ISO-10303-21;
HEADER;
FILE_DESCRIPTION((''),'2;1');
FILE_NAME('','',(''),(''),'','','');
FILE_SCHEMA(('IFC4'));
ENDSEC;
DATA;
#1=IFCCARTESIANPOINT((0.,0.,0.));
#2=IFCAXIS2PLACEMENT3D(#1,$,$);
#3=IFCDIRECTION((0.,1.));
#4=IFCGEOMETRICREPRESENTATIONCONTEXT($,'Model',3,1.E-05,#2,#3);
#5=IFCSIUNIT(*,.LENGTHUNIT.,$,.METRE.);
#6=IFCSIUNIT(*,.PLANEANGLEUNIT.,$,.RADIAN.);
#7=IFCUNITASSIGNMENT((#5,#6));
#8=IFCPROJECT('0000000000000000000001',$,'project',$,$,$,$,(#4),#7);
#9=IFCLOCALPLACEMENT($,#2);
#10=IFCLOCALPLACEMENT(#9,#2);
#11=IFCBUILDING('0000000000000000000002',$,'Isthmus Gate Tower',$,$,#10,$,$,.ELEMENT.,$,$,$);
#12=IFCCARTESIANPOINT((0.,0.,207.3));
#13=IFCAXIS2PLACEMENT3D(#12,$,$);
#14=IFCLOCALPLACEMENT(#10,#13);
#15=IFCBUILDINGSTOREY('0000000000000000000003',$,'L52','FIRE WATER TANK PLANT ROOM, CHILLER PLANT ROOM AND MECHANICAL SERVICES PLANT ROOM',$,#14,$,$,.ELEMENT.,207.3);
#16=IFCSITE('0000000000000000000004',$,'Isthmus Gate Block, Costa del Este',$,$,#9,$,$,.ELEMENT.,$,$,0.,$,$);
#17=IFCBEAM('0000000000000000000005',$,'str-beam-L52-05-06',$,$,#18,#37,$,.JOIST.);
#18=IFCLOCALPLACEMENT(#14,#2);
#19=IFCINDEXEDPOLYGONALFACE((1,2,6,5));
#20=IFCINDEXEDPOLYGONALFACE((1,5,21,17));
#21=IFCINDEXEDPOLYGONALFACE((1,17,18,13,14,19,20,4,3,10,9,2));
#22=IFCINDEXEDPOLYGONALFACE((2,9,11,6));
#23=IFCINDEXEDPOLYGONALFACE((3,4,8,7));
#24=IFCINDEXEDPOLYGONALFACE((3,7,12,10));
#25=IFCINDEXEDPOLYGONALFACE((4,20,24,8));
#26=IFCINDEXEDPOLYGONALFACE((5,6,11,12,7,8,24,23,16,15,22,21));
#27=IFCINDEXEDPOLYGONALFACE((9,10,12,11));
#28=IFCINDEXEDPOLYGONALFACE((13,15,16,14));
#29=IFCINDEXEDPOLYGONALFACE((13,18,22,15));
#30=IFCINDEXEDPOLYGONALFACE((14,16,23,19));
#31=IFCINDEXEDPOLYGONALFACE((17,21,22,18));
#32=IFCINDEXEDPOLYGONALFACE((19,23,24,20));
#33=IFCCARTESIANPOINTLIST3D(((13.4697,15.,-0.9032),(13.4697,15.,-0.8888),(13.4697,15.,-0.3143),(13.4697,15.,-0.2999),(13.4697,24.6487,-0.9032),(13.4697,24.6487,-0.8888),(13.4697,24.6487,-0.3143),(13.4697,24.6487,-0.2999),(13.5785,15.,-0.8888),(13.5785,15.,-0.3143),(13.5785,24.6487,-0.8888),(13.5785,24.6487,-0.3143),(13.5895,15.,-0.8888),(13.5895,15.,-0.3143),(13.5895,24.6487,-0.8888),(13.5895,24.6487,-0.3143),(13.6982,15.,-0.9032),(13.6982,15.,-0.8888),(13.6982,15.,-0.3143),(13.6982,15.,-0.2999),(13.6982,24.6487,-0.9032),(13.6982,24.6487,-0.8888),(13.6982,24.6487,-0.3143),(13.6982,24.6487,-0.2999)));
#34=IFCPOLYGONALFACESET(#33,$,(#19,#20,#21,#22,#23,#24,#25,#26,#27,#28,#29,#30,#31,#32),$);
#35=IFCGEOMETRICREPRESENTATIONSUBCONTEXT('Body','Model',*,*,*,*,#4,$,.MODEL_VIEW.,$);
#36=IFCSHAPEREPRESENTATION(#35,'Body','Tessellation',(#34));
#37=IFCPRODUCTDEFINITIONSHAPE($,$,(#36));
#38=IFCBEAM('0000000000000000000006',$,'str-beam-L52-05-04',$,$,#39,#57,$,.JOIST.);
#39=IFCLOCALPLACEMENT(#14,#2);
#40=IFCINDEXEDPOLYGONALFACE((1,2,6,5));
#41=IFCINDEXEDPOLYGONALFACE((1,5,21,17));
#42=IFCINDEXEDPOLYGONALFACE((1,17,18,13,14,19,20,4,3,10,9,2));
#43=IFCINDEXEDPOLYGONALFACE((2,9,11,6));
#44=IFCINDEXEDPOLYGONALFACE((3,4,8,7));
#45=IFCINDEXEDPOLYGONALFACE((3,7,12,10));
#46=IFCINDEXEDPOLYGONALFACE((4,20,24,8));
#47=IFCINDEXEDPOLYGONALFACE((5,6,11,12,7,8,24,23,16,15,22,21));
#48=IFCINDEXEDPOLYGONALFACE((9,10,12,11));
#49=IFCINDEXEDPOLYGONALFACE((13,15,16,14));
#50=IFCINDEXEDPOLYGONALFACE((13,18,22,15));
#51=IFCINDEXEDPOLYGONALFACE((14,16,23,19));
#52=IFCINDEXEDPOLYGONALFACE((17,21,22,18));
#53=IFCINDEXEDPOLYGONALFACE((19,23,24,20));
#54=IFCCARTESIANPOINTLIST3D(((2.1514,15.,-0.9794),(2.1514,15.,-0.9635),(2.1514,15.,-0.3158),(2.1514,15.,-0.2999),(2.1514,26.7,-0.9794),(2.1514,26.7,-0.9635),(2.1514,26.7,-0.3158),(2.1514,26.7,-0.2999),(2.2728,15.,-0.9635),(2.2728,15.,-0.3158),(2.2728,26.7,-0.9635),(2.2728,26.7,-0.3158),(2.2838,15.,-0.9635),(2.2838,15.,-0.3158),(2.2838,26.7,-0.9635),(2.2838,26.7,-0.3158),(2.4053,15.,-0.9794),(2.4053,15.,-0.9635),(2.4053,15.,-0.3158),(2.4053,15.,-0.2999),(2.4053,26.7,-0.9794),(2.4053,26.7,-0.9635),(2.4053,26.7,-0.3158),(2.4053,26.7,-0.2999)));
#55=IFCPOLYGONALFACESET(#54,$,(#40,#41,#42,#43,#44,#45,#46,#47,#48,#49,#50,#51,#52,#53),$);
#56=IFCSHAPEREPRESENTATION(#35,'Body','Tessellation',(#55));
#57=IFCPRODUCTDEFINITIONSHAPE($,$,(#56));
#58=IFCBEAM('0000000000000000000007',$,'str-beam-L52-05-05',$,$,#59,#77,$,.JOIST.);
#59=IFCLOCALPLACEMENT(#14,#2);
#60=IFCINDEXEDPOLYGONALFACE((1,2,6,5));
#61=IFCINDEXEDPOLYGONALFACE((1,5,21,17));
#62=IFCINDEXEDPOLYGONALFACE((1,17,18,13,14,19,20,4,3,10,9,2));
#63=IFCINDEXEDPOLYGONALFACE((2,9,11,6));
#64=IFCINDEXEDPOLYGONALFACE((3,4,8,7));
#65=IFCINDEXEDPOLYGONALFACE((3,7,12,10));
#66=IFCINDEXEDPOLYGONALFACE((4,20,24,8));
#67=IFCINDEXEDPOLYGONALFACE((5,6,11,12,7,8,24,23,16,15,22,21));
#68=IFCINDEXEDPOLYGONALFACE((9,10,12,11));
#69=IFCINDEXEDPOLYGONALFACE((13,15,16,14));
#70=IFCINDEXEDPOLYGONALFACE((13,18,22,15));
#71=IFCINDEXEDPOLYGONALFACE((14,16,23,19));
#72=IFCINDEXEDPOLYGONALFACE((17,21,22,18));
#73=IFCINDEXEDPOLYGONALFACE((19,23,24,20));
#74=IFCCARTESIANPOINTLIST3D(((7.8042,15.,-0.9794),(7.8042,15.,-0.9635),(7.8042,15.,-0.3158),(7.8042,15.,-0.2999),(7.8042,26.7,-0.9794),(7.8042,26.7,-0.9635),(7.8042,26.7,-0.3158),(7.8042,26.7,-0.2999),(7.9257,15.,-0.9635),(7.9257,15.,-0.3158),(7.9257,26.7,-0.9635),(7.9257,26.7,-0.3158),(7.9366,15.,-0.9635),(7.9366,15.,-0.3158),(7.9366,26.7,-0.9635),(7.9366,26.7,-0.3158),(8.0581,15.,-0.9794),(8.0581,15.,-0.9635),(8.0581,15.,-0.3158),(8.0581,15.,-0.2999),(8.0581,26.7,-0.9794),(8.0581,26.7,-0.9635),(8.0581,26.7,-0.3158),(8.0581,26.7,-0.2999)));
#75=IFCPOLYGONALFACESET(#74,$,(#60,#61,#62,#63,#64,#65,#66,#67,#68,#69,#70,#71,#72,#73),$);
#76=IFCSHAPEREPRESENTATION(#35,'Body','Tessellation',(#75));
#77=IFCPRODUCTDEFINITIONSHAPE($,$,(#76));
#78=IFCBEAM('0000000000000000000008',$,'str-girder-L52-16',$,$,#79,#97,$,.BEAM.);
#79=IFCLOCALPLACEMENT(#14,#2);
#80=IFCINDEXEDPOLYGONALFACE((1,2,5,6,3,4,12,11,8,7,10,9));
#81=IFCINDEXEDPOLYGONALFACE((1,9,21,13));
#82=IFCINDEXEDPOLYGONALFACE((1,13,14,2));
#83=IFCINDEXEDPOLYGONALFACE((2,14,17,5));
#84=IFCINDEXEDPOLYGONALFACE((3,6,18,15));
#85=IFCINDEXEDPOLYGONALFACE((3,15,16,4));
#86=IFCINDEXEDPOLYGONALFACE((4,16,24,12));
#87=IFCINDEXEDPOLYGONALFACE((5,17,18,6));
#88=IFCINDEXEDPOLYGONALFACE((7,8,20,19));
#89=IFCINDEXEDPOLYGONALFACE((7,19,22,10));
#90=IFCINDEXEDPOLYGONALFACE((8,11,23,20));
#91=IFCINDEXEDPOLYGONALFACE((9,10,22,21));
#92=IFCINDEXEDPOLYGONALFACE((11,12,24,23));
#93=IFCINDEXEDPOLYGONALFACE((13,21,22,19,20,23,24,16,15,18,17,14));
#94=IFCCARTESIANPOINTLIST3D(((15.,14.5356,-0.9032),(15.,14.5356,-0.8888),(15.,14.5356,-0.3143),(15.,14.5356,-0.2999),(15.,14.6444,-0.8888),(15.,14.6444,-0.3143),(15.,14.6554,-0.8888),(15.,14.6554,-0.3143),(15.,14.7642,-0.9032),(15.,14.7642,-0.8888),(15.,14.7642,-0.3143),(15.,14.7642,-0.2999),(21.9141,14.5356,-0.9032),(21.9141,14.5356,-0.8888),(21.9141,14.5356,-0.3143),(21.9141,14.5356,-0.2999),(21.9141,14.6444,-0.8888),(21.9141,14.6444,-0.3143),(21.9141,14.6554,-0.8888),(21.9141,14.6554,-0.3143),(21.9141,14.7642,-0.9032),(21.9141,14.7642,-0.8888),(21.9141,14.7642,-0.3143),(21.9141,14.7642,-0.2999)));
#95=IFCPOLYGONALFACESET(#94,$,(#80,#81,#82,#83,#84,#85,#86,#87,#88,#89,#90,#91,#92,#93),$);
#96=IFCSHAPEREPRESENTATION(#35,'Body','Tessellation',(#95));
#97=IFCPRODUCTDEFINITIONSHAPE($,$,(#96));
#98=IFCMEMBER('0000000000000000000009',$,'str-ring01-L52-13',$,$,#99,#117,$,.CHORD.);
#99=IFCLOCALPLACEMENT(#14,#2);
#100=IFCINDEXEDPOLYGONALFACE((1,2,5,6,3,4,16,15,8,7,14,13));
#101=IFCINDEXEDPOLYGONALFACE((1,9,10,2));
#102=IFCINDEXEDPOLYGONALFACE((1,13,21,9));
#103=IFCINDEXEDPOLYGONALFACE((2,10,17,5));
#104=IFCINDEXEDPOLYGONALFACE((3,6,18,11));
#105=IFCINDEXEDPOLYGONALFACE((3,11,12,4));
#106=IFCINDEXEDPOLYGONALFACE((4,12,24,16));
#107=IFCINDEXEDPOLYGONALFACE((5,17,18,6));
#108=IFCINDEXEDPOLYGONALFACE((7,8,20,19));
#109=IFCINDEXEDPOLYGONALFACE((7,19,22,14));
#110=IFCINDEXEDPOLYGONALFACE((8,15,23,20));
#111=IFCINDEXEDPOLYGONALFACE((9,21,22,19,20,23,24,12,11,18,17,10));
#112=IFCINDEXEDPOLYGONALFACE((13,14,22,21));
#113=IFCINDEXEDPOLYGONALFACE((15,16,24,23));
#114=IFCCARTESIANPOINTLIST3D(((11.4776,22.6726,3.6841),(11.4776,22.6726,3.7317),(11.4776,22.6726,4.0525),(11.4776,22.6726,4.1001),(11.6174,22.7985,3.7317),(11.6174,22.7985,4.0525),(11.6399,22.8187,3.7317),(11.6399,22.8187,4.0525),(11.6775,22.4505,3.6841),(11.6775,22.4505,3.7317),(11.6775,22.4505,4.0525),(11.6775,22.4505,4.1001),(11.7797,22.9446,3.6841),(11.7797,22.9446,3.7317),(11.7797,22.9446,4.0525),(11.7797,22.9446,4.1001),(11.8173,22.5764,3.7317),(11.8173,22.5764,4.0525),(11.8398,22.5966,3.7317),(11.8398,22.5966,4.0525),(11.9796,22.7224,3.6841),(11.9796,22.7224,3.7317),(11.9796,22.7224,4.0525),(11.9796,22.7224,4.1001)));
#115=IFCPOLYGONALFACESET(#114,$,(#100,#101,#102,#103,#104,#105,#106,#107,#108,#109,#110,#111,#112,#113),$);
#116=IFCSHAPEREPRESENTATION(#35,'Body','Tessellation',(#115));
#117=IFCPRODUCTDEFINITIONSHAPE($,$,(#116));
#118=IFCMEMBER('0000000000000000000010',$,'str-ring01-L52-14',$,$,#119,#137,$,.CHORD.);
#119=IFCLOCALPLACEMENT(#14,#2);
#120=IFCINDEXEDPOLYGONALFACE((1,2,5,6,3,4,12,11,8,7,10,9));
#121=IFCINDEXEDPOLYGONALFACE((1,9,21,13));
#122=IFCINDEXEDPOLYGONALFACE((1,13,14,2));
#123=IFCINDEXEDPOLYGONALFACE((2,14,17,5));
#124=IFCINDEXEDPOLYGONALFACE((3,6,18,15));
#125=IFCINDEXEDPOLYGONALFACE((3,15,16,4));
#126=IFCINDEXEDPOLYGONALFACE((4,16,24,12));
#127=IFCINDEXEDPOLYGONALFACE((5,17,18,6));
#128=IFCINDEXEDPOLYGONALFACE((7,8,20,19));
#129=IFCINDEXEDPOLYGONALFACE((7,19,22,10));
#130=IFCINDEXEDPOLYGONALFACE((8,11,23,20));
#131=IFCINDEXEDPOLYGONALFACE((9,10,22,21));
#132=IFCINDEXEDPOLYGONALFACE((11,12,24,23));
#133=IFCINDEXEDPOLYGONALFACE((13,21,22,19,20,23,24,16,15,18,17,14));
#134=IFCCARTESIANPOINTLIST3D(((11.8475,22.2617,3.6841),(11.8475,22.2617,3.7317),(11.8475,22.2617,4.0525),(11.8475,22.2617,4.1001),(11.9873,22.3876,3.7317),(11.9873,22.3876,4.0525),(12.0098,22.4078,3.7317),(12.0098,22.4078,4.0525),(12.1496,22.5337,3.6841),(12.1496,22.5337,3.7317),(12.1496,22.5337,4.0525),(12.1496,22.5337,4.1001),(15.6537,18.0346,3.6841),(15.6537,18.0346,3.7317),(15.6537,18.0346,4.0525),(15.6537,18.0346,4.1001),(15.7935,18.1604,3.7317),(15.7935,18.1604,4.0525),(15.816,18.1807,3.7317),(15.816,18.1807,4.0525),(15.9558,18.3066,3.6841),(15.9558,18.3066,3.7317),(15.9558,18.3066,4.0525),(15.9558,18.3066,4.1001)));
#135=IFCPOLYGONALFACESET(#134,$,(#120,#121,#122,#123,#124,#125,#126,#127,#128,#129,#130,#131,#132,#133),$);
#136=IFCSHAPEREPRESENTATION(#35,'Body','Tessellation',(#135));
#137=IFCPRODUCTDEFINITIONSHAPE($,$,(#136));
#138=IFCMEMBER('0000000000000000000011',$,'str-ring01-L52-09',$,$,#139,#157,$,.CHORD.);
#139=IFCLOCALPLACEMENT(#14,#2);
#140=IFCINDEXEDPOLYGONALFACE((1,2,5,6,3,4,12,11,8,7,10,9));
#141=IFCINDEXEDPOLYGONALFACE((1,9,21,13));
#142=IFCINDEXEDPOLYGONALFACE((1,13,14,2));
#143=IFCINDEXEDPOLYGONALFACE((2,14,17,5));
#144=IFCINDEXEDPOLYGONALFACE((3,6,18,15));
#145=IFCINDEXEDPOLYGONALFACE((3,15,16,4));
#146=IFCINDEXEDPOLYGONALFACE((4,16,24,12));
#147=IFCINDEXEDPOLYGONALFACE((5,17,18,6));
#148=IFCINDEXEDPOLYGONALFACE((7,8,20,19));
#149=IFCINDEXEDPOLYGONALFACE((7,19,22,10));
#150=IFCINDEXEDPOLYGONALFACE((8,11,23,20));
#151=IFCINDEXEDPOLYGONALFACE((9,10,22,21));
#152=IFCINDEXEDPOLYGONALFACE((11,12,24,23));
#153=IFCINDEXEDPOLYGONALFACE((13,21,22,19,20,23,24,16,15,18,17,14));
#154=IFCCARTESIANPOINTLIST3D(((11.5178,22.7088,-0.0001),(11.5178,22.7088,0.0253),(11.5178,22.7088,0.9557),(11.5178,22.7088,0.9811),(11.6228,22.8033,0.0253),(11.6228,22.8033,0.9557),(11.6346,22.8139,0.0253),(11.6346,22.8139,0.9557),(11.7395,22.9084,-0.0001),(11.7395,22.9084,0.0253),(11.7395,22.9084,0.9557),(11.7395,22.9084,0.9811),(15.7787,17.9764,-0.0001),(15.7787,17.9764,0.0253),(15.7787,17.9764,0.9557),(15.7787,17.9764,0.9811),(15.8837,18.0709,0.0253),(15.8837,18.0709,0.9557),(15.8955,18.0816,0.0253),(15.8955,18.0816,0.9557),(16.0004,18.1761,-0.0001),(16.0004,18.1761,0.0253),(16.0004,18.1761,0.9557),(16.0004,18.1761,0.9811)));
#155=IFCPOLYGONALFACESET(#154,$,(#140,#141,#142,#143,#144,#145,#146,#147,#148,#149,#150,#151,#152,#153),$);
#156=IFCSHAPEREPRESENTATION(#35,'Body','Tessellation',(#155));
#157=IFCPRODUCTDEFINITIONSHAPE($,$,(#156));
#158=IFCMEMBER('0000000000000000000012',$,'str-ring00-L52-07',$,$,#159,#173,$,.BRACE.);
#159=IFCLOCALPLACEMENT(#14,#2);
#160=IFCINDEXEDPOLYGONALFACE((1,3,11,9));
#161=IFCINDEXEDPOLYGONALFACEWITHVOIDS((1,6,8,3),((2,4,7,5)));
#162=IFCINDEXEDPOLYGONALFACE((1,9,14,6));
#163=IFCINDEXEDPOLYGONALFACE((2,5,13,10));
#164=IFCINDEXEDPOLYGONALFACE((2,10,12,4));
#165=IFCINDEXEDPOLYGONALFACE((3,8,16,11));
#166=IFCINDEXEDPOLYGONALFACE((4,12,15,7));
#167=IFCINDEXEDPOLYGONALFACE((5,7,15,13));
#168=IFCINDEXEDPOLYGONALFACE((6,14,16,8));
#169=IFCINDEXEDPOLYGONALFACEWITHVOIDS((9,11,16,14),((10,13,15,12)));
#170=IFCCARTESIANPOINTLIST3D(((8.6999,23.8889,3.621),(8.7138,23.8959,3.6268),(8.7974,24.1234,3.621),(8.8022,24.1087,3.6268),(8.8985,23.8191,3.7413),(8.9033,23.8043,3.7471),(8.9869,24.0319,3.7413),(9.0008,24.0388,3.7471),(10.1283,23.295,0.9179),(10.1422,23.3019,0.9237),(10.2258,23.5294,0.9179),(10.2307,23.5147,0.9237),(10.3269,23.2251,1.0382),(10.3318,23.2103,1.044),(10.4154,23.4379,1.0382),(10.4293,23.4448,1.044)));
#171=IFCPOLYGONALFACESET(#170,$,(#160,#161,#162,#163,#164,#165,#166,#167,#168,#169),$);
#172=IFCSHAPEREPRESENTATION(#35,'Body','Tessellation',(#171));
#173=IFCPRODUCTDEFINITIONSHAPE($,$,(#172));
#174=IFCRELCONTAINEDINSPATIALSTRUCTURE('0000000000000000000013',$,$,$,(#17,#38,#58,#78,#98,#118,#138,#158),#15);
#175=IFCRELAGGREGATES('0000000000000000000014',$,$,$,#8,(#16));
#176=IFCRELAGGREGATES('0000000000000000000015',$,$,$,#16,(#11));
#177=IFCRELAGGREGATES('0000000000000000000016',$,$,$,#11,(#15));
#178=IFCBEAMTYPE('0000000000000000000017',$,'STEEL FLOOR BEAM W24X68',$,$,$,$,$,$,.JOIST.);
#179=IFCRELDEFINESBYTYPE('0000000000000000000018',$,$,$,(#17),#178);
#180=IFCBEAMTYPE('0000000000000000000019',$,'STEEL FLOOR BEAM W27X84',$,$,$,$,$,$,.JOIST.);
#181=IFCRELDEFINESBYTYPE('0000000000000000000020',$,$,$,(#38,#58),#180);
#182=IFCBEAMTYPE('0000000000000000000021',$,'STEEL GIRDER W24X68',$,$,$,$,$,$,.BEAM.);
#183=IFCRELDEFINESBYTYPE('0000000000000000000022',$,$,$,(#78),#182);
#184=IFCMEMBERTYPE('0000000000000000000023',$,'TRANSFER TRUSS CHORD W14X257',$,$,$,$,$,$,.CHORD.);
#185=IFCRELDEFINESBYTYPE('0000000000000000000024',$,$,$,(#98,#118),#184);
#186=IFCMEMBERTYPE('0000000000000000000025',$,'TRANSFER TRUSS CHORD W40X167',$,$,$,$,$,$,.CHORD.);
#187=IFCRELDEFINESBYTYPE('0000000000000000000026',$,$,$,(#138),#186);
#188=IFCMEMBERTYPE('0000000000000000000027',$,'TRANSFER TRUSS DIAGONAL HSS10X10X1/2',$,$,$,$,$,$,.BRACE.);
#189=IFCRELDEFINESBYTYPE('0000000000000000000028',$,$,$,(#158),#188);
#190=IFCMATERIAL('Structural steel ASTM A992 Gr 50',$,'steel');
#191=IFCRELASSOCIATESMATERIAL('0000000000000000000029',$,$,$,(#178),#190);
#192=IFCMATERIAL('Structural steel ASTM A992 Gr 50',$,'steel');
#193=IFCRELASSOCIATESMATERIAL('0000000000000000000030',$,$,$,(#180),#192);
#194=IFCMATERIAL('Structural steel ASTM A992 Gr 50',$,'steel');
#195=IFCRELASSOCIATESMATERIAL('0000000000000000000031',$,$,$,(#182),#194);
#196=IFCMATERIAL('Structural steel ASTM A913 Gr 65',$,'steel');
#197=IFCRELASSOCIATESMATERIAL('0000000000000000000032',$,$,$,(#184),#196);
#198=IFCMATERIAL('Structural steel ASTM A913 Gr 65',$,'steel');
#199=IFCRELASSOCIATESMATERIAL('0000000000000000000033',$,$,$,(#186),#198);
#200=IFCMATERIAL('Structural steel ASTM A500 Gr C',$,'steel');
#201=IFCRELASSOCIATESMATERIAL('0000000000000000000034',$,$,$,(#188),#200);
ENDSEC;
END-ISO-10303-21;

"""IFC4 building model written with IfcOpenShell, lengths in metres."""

from ifc_helpers import new_model, si_unit, direction, frame, origin, origin_2d, place, context, subcontext, project, spatial, hollow_rectangle, i_section, extrude, material, material_profile, profile_set, type_object, element, save


model = new_model("IFC4")

# Units and contexts
model_context = context("Model", 3, precision=1e-05, world=origin(), true_north=direction((0.0, 1.0)))
body_context = subcontext(model_context, "Body", "Model", "MODEL_VIEW")
ifc_project = project(units=[si_unit("LENGTHUNIT", "METRE"), si_unit("PLANEANGLEUNIT", "RADIAN")], contexts=[model_context])

# Site, building, storey
site_placement = place(None, origin())
site = spatial("IfcSite", under=ifc_project, at=site_placement, Name="Isthmus Gate Block, Costa del Este", CompositionType="ELEMENT", RefElevation=0.0)
building_placement = place(site_placement, origin())
building = spatial("IfcBuilding", under=site, at=building_placement, Name="Isthmus Gate Tower", CompositionType="ELEMENT")
storey_placement = place(building_placement, frame((0.0, 0.0, 207.3)))
storey = spatial("IfcBuildingStorey", under=building, at=storey_placement, Name="L52", Description="FIRE WATER TANK PLANT ROOM, CHILLER PLANT ROOM AND MECHANICAL SERVICES PLANT ROOM", CompositionType="ELEMENT", Elevation=207.3)

# Beams
ifc_material_1 = material(Name="Structural steel ASTM A992 Gr 50", Category="steel")
ifc_material_profile_1 = material_profile(ifc_material_1, i_section(OverallWidth=0.2285, OverallDepth=0.6033, WebThickness=0.011, FlangeThickness=0.0144, at=origin_2d()), Name="W24X68")
ifc_profile_set_1 = profile_set([ifc_material_profile_1], Name="Structural steel ASTM A992 Gr 50")
beam_type_1 = type_object("IfcBeamType", Name="STEEL FLOOR BEAM W24X68", PredefinedType="JOIST", material=ifc_profile_set_1)
beam_1_placement = place(storey_placement, frame((13.584, 15.0, -0.6016), z_axis=(0.0, 1.0, 0.0), x_axis=(-1.0, 0.0, 0.0)))
element("IfcBeam", 1, at=beam_1_placement, inside=storey, type_object=beam_type_1, Name="str-beam-L52-05-06", PredefinedType="JOIST", context=body_context, shape_type="SweptSolid", body=[
    extrude(i_section(OverallWidth=0.2285, OverallDepth=0.6033, WebThickness=0.011, FlangeThickness=0.0144, at=origin_2d()), origin(), (0.0, 0.0, 1.0), 9.6487),
])
ifc_material_2 = material(Name="Structural steel ASTM A992 Gr 50", Category="steel")
ifc_material_profile_2 = material_profile(ifc_material_2, i_section(OverallWidth=0.2539, OverallDepth=0.6794, WebThickness=0.011, FlangeThickness=0.0159, at=origin_2d()), Name="W27X84")
ifc_profile_set_2 = profile_set([ifc_material_profile_2], Name="Structural steel ASTM A992 Gr 50")
beam_type_2 = type_object("IfcBeamType", Name="STEEL FLOOR BEAM W27X84", PredefinedType="JOIST", material=ifc_profile_set_2)
for number, where, z_axis, x_axis, name in (
    (2, (2.2783, 15.0, -0.6396), (0.0, 1.0, 0.0), (-1.0, 0.0, 0.0), "str-beam-L52-05-04"),
    (3, (7.9312, 15.0, -0.6396), (0.0, 1.0, 0.0), (-1.0, 0.0, 0.0), "str-beam-L52-05-05"),
):
    element("IfcBeam", number, at=place(storey_placement, frame(where, z_axis=z_axis, x_axis=x_axis)), inside=storey, type_object=beam_type_2, Name=name, PredefinedType="JOIST", context=body_context, shape_type="SweptSolid", body=[
        extrude(i_section(OverallWidth=0.2539, OverallDepth=0.6794, WebThickness=0.011, FlangeThickness=0.0159, at=origin_2d()), origin(), (0.0, 0.0, 1.0), 11.7),
    ])
ifc_material_3 = material(Name="Structural steel ASTM A992 Gr 50", Category="steel")
ifc_material_profile_3 = material_profile(ifc_material_3, i_section(OverallWidth=0.2285, OverallDepth=0.6033, WebThickness=0.011, FlangeThickness=0.0144, at=origin_2d()), Name="W24X68")
ifc_profile_set_3 = profile_set([ifc_material_profile_3], Name="Structural steel ASTM A992 Gr 50")
beam_type_3 = type_object("IfcBeamType", Name="STEEL GIRDER W24X68", PredefinedType="BEAM", material=ifc_profile_set_3)
beam_2_placement = place(storey_placement, frame((15.0, 14.6499, -0.6016), z_axis=(1.0, 0.0, 0.0), x_axis=(0.0, 1.0, 0.0)))
element("IfcBeam", 4, at=beam_2_placement, inside=storey, type_object=beam_type_3, Name="str-girder-L52-16", PredefinedType="BEAM", context=body_context, shape_type="SweptSolid", body=[
    extrude(i_section(OverallWidth=0.2285, OverallDepth=0.6033, WebThickness=0.011, FlangeThickness=0.0144, at=origin_2d()), origin(), (0.0, 0.0, 1.0), 6.9141),
])

# Members
ifc_material_4 = material(Name="Structural steel ASTM A913 Gr 65", Category="steel")
ifc_material_profile_4 = material_profile(ifc_material_4, i_section(OverallWidth=0.4065, OverallDepth=0.416, WebThickness=0.0303, FlangeThickness=0.0476, at=origin_2d()), Name="W14X257")
ifc_profile_set_4 = profile_set([ifc_material_profile_4], Name="Structural steel ASTM A913 Gr 65")
member_type_1 = type_object("IfcMemberType", Name="TRANSFER TRUSS CHORD W14X257", PredefinedType="CHORD", material=ifc_profile_set_4)
member_1_placement = place(storey_placement, frame((11.6287, 22.8086, 3.8921), z_axis=(0.668965, -0.743294, 0.0), x_axis=(0.743294, 0.668965, 0.0)))
element("IfcMember", 5, at=member_1_placement, inside=storey, type_object=member_type_1, Name="str-ring01-L52-13", PredefinedType="CHORD", context=body_context, shape_type="SweptSolid", body=[
    extrude(i_section(OverallWidth=0.4065, OverallDepth=0.416, WebThickness=0.0303, FlangeThickness=0.0476, at=origin_2d()), origin(), (0.0, 0.0, 1.0), 0.2988),
])
member_2_placement = place(storey_placement, frame((11.9985, 22.3977, 3.8921), z_axis=(0.66914, -0.743136, 0.0), x_axis=(0.743136, 0.66914, 0.0)))
element("IfcMember", 6, at=member_2_placement, inside=storey, type_object=member_type_1, Name="str-ring01-L52-14", PredefinedType="CHORD", context=body_context, shape_type="SweptSolid", body=[
    extrude(i_section(OverallWidth=0.4065, OverallDepth=0.416, WebThickness=0.0303, FlangeThickness=0.0476, at=origin_2d()), origin(), (0.0, 0.0, 1.0), 5.6882),
])
ifc_material_5 = material(Name="Structural steel ASTM A913 Gr 65", Category="steel")
ifc_material_profile_5 = material_profile(ifc_material_5, i_section(OverallWidth=0.2983, OverallDepth=0.9812, WebThickness=0.0159, FlangeThickness=0.0254, at=origin_2d()), Name="W40X167")
ifc_profile_set_5 = profile_set([ifc_material_profile_5], Name="Structural steel ASTM A913 Gr 65")
member_type_2 = type_object("IfcMemberType", Name="TRANSFER TRUSS CHORD W40X167", PredefinedType="CHORD", material=ifc_profile_set_5)
member_3_placement = place(storey_placement, frame((11.6287, 22.8086, 0.4905), z_axis=(0.669121, -0.743153, 0.0), x_axis=(0.743153, 0.669121, 0.0)))
element("IfcMember", 7, at=member_3_placement, inside=storey, type_object=member_type_2, Name="str-ring01-L52-09", PredefinedType="CHORD", context=body_context, shape_type="SweptSolid", body=[
    extrude(i_section(OverallWidth=0.2983, OverallDepth=0.9812, WebThickness=0.0159, FlangeThickness=0.0254, at=origin_2d()), origin(), (0.0, 0.0, 1.0), 6.3679),
])
ifc_material_6 = material(Name="Structural steel ASTM A500 Gr C", Category="steel")
ifc_material_profile_6 = material_profile(ifc_material_6, hollow_rectangle(XDim=0.2539, YDim=0.2539, WallThickness=0.0117, at=origin_2d()), Name="HSS10X10X1/2")
ifc_profile_set_6 = profile_set([ifc_material_profile_6], Name="Structural steel ASTM A500 Gr C")
member_type_3 = type_object("IfcMemberType", Name="TRANSFER TRUSS DIAGONAL HSS10X10X1/2", PredefinedType="BRACE", material=ifc_profile_set_6)
member_4_placement = place(storey_placement, frame((10.2788, 23.3699, 0.981), z_axis=(-0.458648, 0.190718, 0.867911), x_axis=(-0.383954, -0.923352, 0.0)))
element("IfcMember", 8, at=member_4_placement, inside=storey, type_object=member_type_3, Name="str-ring00-L52-07", PredefinedType="BRACE", context=body_context, shape_type="SweptSolid", body=[
    extrude(hollow_rectangle(XDim=0.2539, YDim=0.2539, WallThickness=0.0117, at=origin_2d()), origin(), (0.0, 0.0, 1.0), 3.1145),
])

save(model, "model.ifc")
